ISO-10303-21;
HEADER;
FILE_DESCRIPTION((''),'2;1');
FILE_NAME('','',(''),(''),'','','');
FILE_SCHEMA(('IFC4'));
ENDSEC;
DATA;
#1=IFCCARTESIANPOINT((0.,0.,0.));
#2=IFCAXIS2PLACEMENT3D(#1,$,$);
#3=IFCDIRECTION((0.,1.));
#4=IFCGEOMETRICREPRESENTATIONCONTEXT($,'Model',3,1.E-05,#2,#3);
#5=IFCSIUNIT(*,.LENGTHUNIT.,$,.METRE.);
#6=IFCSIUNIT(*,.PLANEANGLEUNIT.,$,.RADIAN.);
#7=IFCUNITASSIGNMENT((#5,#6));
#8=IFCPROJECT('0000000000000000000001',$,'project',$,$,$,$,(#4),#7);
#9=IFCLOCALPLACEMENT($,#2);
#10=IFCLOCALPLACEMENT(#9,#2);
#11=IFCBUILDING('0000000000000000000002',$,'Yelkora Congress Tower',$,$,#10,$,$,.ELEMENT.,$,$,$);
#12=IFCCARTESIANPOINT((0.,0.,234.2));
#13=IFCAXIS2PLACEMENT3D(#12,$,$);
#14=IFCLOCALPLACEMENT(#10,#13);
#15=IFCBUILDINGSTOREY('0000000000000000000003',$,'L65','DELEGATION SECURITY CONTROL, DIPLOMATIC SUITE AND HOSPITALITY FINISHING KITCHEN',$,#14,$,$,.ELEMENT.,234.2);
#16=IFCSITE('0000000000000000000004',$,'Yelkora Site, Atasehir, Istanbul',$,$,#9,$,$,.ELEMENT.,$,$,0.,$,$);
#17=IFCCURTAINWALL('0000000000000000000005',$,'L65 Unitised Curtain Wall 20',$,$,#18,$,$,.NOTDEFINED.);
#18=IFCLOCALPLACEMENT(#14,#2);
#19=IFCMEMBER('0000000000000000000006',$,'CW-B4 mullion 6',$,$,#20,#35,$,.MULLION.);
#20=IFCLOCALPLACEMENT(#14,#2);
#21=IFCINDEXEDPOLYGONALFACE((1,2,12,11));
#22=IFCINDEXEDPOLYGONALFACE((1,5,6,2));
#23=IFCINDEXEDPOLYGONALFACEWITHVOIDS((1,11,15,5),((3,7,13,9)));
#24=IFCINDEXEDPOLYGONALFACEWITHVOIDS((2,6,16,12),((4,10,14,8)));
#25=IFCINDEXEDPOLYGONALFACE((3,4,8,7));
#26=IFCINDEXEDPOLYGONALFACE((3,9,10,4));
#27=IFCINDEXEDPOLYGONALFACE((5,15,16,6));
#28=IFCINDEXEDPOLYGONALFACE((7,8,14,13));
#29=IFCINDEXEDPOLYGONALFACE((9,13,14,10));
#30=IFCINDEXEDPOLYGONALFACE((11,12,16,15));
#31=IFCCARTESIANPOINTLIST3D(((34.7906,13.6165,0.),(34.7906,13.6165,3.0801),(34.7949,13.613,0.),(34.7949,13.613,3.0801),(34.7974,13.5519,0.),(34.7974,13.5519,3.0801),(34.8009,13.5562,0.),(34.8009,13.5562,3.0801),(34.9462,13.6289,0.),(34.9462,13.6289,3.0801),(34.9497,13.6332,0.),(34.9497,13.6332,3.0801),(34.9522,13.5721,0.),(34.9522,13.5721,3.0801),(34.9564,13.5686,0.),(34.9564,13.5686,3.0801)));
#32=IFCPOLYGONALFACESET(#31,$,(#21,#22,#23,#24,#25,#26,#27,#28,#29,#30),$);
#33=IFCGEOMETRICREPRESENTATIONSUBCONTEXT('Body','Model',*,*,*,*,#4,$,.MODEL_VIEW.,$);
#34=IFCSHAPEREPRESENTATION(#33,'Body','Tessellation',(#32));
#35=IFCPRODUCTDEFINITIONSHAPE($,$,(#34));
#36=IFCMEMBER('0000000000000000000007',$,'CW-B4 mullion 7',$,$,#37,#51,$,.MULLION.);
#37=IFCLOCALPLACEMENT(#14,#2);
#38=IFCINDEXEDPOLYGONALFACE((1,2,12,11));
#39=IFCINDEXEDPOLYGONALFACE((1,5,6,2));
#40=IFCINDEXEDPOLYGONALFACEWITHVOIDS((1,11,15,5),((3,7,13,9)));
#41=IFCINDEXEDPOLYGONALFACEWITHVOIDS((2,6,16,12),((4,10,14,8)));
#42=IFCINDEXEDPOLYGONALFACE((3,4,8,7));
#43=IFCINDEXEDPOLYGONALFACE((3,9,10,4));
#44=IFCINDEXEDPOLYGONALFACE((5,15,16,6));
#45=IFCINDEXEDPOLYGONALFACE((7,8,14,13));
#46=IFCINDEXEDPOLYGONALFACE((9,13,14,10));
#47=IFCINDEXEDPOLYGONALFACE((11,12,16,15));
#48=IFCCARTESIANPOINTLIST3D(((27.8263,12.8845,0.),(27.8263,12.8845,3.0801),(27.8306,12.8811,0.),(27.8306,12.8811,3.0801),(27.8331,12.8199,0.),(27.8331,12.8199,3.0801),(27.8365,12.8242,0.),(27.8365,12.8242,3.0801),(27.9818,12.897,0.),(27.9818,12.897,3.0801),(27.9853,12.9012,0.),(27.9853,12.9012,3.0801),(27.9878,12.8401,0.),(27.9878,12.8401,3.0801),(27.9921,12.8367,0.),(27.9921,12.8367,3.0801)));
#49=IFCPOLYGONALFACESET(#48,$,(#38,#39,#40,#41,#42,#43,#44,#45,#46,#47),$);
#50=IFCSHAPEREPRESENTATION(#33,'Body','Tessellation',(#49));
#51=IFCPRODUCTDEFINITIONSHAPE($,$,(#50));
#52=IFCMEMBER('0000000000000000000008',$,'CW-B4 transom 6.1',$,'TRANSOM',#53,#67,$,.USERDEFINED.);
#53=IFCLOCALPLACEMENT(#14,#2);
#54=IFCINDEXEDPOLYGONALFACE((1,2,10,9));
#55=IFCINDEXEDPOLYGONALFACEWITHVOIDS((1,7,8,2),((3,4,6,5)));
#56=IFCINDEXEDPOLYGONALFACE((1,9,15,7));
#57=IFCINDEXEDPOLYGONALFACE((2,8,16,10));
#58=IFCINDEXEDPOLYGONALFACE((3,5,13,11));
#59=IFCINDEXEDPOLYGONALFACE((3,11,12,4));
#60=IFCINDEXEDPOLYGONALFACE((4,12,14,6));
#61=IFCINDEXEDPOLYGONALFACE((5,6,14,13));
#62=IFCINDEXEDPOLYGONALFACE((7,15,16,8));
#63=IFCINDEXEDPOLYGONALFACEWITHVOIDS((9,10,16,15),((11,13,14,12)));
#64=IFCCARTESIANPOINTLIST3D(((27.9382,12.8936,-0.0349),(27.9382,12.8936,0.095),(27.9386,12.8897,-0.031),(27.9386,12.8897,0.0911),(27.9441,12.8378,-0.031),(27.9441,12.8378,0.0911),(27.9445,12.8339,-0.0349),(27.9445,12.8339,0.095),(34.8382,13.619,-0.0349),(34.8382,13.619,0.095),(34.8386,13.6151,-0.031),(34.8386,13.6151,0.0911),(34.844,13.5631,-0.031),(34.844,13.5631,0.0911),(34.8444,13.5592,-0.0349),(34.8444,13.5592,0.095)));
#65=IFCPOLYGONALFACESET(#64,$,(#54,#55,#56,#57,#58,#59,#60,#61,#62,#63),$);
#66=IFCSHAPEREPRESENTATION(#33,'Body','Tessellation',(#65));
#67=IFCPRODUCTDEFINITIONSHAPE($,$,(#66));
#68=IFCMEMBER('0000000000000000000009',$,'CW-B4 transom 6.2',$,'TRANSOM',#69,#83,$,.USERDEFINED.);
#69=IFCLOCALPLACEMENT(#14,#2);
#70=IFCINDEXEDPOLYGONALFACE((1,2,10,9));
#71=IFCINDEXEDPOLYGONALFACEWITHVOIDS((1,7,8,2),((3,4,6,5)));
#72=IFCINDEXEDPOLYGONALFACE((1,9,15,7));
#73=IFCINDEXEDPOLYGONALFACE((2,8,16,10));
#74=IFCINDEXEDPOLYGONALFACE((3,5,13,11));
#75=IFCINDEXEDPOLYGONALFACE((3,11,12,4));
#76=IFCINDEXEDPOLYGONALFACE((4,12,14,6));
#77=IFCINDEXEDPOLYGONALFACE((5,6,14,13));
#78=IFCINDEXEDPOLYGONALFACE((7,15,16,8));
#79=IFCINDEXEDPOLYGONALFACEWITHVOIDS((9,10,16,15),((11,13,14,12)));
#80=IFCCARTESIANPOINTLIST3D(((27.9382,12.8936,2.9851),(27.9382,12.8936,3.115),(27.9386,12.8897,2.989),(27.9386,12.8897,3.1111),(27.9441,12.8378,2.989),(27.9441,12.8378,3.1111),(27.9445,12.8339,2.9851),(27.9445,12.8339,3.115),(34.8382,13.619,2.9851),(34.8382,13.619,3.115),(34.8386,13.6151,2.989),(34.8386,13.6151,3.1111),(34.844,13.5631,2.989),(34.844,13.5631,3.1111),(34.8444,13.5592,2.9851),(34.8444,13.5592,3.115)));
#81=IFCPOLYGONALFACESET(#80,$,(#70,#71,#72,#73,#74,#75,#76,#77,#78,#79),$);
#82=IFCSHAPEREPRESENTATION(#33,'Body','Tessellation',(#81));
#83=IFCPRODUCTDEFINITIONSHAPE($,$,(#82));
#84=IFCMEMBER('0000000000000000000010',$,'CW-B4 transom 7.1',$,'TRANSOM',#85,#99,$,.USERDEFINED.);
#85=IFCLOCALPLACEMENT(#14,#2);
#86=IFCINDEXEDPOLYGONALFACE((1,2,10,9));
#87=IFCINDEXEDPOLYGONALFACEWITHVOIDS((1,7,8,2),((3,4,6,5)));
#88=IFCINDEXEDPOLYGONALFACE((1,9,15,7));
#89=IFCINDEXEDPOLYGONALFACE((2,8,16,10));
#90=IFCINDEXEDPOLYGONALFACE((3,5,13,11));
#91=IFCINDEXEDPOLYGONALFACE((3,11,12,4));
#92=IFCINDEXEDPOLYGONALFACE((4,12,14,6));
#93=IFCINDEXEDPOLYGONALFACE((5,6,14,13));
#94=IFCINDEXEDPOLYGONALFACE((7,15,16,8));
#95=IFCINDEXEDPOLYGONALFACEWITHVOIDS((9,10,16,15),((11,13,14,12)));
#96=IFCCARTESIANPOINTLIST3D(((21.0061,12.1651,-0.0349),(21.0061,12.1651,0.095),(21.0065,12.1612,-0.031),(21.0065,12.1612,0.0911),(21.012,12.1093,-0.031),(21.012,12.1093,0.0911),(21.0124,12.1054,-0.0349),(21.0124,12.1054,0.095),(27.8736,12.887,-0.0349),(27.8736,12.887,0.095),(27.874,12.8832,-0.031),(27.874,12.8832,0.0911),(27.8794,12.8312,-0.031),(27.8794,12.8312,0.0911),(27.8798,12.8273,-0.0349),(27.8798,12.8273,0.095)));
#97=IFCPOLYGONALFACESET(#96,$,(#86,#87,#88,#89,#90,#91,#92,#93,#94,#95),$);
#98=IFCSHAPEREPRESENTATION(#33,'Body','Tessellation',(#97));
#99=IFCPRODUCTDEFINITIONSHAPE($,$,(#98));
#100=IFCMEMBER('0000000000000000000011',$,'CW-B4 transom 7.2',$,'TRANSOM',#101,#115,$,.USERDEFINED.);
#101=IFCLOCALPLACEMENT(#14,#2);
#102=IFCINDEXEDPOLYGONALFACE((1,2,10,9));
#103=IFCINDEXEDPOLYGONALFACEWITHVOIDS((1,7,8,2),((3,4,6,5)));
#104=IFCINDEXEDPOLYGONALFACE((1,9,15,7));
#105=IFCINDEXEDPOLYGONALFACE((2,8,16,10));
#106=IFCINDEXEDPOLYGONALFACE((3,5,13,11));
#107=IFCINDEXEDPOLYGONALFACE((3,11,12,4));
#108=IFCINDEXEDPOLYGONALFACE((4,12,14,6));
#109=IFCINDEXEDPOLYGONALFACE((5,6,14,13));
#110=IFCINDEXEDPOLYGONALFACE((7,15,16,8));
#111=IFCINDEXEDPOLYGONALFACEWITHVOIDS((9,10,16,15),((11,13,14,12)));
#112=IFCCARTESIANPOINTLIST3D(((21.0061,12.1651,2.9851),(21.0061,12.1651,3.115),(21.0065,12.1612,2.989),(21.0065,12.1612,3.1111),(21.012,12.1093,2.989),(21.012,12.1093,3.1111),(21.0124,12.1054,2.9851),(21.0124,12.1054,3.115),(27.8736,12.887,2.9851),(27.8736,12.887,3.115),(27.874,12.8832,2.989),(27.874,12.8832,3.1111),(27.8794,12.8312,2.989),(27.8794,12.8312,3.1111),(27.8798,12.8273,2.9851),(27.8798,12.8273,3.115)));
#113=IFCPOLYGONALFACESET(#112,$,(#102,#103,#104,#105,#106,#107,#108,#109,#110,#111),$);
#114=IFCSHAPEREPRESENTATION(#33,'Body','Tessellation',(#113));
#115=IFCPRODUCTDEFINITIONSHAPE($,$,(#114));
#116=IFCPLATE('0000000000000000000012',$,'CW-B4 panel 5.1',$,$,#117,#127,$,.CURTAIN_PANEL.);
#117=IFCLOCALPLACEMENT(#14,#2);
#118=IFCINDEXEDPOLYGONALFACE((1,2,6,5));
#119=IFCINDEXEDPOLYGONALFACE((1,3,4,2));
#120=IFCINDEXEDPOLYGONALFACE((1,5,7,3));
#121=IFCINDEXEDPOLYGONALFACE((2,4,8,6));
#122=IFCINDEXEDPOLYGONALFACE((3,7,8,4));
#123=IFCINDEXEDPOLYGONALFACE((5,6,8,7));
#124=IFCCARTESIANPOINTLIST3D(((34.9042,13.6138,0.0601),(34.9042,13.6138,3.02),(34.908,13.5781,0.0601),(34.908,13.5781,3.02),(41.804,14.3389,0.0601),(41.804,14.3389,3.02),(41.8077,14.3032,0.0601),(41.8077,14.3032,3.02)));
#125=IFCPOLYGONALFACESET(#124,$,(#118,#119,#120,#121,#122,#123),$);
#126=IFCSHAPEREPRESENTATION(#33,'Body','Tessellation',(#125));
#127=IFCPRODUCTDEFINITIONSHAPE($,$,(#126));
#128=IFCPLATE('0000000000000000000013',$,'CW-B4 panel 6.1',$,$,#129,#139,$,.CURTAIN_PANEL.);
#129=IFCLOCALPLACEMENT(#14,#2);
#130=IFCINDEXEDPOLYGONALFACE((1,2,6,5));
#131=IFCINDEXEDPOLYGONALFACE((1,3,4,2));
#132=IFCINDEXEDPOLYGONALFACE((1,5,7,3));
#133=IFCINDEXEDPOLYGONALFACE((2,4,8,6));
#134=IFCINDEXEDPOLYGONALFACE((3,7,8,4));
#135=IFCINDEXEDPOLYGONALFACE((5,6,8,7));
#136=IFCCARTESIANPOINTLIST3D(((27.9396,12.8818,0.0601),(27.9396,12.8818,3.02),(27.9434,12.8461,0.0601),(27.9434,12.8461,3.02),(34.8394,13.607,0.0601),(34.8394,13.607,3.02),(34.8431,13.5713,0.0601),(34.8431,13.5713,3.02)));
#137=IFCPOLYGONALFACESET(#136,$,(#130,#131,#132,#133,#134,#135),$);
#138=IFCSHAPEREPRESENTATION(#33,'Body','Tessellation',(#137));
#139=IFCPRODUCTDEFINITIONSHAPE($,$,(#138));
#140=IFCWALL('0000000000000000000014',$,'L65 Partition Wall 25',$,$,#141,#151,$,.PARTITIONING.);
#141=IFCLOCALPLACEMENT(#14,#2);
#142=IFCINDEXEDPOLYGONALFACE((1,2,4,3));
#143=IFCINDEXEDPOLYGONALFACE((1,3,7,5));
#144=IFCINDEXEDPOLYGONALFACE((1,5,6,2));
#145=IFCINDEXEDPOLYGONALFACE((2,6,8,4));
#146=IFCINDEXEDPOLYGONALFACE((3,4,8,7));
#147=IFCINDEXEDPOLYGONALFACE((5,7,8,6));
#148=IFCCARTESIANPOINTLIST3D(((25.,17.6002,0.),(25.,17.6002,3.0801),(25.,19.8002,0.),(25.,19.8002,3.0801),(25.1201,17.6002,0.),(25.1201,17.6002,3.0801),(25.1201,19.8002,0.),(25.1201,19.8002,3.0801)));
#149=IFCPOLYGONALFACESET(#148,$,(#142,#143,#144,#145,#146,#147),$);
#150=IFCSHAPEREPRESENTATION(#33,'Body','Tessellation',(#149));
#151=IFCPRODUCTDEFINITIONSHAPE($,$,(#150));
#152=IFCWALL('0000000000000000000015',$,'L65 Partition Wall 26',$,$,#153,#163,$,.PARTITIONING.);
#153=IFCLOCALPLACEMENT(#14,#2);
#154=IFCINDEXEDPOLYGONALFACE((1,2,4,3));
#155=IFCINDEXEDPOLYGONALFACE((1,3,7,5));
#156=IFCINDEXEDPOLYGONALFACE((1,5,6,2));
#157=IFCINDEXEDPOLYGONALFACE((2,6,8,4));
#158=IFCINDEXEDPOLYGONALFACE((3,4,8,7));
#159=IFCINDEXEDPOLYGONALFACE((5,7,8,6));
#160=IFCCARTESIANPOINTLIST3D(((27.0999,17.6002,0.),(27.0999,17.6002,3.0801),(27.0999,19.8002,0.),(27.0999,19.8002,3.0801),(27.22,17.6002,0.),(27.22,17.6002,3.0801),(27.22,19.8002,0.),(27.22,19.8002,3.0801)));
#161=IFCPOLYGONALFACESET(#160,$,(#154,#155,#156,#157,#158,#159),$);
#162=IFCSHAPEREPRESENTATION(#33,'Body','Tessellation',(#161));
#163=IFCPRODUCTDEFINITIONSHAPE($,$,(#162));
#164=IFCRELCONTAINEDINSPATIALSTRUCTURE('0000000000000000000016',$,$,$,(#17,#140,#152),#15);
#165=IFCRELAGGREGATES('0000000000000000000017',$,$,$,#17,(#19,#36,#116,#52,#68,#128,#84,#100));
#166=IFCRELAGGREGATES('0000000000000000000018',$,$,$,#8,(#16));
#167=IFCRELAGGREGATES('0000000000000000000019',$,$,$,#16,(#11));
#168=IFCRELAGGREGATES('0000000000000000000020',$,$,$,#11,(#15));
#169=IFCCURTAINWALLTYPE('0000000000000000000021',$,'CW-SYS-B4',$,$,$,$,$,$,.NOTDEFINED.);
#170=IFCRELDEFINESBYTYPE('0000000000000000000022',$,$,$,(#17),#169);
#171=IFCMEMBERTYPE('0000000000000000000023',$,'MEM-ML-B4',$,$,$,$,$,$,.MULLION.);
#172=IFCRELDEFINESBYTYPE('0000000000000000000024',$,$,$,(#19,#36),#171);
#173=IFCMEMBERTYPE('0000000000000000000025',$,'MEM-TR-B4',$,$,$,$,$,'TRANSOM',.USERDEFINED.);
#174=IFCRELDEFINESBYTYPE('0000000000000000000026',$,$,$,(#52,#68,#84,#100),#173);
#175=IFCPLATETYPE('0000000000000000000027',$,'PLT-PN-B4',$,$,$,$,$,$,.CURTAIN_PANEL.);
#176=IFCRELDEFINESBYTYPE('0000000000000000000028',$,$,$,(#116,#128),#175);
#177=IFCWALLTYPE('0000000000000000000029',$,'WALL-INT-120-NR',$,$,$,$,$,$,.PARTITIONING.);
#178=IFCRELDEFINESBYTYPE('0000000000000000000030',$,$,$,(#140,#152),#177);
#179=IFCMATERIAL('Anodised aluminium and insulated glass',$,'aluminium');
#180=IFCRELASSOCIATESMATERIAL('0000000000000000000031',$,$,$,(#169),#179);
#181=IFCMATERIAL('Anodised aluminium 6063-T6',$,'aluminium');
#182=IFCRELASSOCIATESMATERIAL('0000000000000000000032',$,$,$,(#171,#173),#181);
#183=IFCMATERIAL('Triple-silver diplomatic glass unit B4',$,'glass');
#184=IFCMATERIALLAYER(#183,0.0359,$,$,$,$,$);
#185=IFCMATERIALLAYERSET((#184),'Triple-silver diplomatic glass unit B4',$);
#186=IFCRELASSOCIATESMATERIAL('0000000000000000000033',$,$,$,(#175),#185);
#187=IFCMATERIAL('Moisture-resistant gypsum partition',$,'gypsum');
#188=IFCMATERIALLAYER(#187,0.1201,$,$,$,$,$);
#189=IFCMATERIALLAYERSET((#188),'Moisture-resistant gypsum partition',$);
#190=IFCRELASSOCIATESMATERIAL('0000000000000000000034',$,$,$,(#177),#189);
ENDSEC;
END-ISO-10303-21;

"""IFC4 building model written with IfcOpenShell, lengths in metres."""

from ifc_helpers import new_model, si_unit, direction, frame, frame_2d, origin, origin_2d, place, context, subcontext, project, spatial, rectangle, hollow_rectangle, extrude, material, layer, layer_set, material_profile, profile_set, type_object, element, aggregate, save


model = new_model("IFC4")

# Units and contexts
model_context = context("Model", 3, precision=1e-05, world=origin(), true_north=direction((0.0, 1.0)))
body_context = subcontext(model_context, "Body", "Model", "MODEL_VIEW")
ifc_project = project(units=[si_unit("LENGTHUNIT", "METRE"), si_unit("PLANEANGLEUNIT", "RADIAN")], contexts=[model_context])

# Site, building, storey
site_placement = place(None, origin())
site = spatial("IfcSite", under=ifc_project, at=site_placement, Name="Yelkora Site, Atasehir, Istanbul", CompositionType="ELEMENT", RefElevation=0.0)
building_placement = place(site_placement, origin())
building = spatial("IfcBuilding", under=site, at=building_placement, Name="Yelkora Congress Tower", CompositionType="ELEMENT")
storey_placement = place(building_placement, frame((0.0, 0.0, 234.2)))
storey = spatial("IfcBuildingStorey", under=building, at=storey_placement, Name="L65", Description="DELEGATION SECURITY CONTROL, DIPLOMATIC SUITE AND HOSPITALITY FINISHING KITCHEN", CompositionType="ELEMENT", Elevation=234.2)

# Curtain wall, members, plates
ifc_material_1 = material(Name="Anodised aluminium and insulated glass", Category="aluminium")
curtain_wall_type = type_object("IfcCurtainWallType", Name="CW-SYS-B4", PredefinedType="NOTDEFINED", material=ifc_material_1)
curtain_wall_placement = place(storey_placement, origin())
curtain_wall = element("IfcCurtainWall", 1, at=curtain_wall_placement, inside=storey, type_object=curtain_wall_type, Name="L65 Unitised Curtain Wall 20", PredefinedType="NOTDEFINED")
ifc_material_2 = material(Name="Anodised aluminium 6063-T6", Category="aluminium")
ifc_material_profile_1 = material_profile(ifc_material_2, hollow_rectangle(XDim=0.0649, YDim=0.1599, WallThickness=0.0039, at=origin_2d()), Name="ALU 65x160x4")
ifc_profile_set_1 = profile_set([ifc_material_profile_1], Name="Anodised aluminium 6063-T6")
member_type_1 = type_object("IfcMemberType", Name="MEM-ML-B4", PredefinedType="MULLION", material=ifc_profile_set_1)
member_1_placement = place(storey_placement, frame((34.8735, 13.5925, 0.0), z_axis=(0.0, 0.0, 1.0), x_axis=(0.104527, -0.994522, 0.0)))
member_1 = element("IfcMember", 2, at=member_1_placement, type_object=member_type_1, Name="CW-B4 mullion 6", PredefinedType="MULLION", context=body_context, shape_type="SweptSolid", body=[
    extrude(hollow_rectangle(XDim=0.0649, YDim=0.1599, WallThickness=0.0039, at=origin_2d()), origin(), (0.0, 0.0, 1.0), 3.0801),
])
member_2_placement = place(storey_placement, frame((27.9092, 12.8606, 0.0), z_axis=(0.0, 0.0, 1.0), x_axis=(0.104527, -0.994522, 0.0)))
member_2 = element("IfcMember", 3, at=member_2_placement, type_object=member_type_1, Name="CW-B4 mullion 7", PredefinedType="MULLION", context=body_context, shape_type="SweptSolid", body=[
    extrude(hollow_rectangle(XDim=0.0649, YDim=0.1599, WallThickness=0.0039, at=origin_2d()), origin(), (0.0, 0.0, 1.0), 3.0801),
])
ifc_material_profile_2 = material_profile(ifc_material_2, hollow_rectangle(XDim=0.0601, YDim=0.1299, WallThickness=0.0039, at=origin_2d()), Name="ALU 60x130x4")
ifc_profile_set_2 = profile_set([ifc_material_profile_2], Name="Anodised aluminium 6063-T6")
member_type_2 = type_object("IfcMemberType", Name="MEM-TR-B4", ElementType="TRANSOM", PredefinedType="USERDEFINED", material=ifc_profile_set_2)
member_3_placement = place(storey_placement, frame((34.8413, 13.5891, 0.03), z_axis=(-0.99452, -0.104547, 0.0), x_axis=(0.104547, -0.99452, 0.0)))
member_3 = element("IfcMember", 4, at=member_3_placement, type_object=member_type_2, Name="CW-B4 transom 6.1", ObjectType="TRANSOM", PredefinedType="USERDEFINED", context=body_context, shape_type="SweptSolid", body=[
    extrude(hollow_rectangle(XDim=0.0601, YDim=0.1299, WallThickness=0.0039, at=origin_2d()), origin(), (0.0, 0.0, 1.0), 6.938),
])
member_4_placement = place(storey_placement, frame((34.8413, 13.5891, 3.05), z_axis=(-0.99452, -0.104547, 0.0), x_axis=(0.104547, -0.99452, 0.0)))
member_4 = element("IfcMember", 5, at=member_4_placement, type_object=member_type_2, Name="CW-B4 transom 6.2", ObjectType="TRANSOM", PredefinedType="USERDEFINED", context=body_context, shape_type="SweptSolid", body=[
    extrude(hollow_rectangle(XDim=0.0601, YDim=0.1299, WallThickness=0.0039, at=origin_2d()), origin(), (0.0, 0.0, 1.0), 6.938),
])
member_5_placement = place(storey_placement, frame((27.8767, 12.8572, 0.03), z_axis=(-0.99452, -0.104547, 0.0), x_axis=(0.104547, -0.99452, 0.0)))
member_5 = element("IfcMember", 6, at=member_5_placement, type_object=member_type_2, Name="CW-B4 transom 7.1", ObjectType="TRANSOM", PredefinedType="USERDEFINED", context=body_context, shape_type="SweptSolid", body=[
    extrude(hollow_rectangle(XDim=0.0601, YDim=0.1299, WallThickness=0.0039, at=origin_2d()), origin(), (0.0, 0.0, 1.0), 6.9053),
])
member_6_placement = place(storey_placement, frame((27.8767, 12.8572, 3.05), z_axis=(-0.99452, -0.104547, 0.0), x_axis=(0.104547, -0.99452, 0.0)))
member_6 = element("IfcMember", 7, at=member_6_placement, type_object=member_type_2, Name="CW-B4 transom 7.2", ObjectType="TRANSOM", PredefinedType="USERDEFINED", context=body_context, shape_type="SweptSolid", body=[
    extrude(hollow_rectangle(XDim=0.0601, YDim=0.1299, WallThickness=0.0039, at=origin_2d()), origin(), (0.0, 0.0, 1.0), 6.9053),
])
ifc_material_3 = material(Name="Triple-silver diplomatic glass unit B4", Category="glass")
ifc_layer_1 = layer(ifc_material_3, 0.0359)
ifc_layer_set_1 = layer_set([ifc_layer_1], Name="Triple-silver diplomatic glass unit B4")
plate_type = type_object("IfcPlateType", Name="PLT-PN-B4", PredefinedType="CURTAIN_PANEL", material=ifc_layer_set_1)
plate_1_placement = place(storey_placement, frame((38.356, 13.9585, 0.0601), z_axis=(0.0, 0.0, 1.0), x_axis=(-0.994522, -0.104527, 0.0)))
plate_1 = element("IfcPlate", 8, at=plate_1_placement, type_object=plate_type, Name="CW-B4 panel 5.1", PredefinedType="CURTAIN_PANEL", context=body_context, shape_type="SweptSolid", body=[
    extrude(rectangle(XDim=6.9377, YDim=0.0359, at=origin_2d()), origin(), (0.0, 0.0, 1.0), 2.96),
])
plate_2_placement = place(storey_placement, frame((31.3914, 13.2266, 0.0601), z_axis=(0.0, 0.0, 1.0), x_axis=(-0.994522, -0.104527, 0.0)))
plate_2 = element("IfcPlate", 9, at=plate_2_placement, type_object=plate_type, Name="CW-B4 panel 6.1", PredefinedType="CURTAIN_PANEL", context=body_context, shape_type="SweptSolid", body=[
    extrude(rectangle(XDim=6.9377, YDim=0.0359, at=origin_2d()), origin(), (0.0, 0.0, 1.0), 2.96),
])
aggregate(curtain_wall, [member_1, member_2, plate_1, member_3, member_4, plate_2, member_5, member_6])

# Walls
ifc_material_4 = material(Name="Moisture-resistant gypsum partition", Category="gypsum")
ifc_layer_2 = layer(ifc_material_4, 0.1201)
ifc_layer_set_2 = layer_set([ifc_layer_2], Name="Moisture-resistant gypsum partition")
wall_type_1 = type_object("IfcWallType", Name="WALL-INT-120-NR", PredefinedType="PARTITIONING", material=ifc_layer_set_2)
for number, where, z_axis, x_axis, name in (
    (10, (25.0601, 17.6001, 0.0), (0.0, 0.0, 1.0), (0.0, 1.0, 0.0), "L65 Partition Wall 25"),
    (11, (27.1599, 17.6001, 0.0), (0.0, 0.0, 1.0), (0.0, 1.0, 0.0), "L65 Partition Wall 26"),
):
    element("IfcWall", number, at=place(storey_placement, frame(where, z_axis=z_axis, x_axis=x_axis)), inside=storey, type_object=wall_type_1, Name=name, PredefinedType="PARTITIONING", context=body_context, shape_type="SweptSolid", body=[
        extrude(rectangle(XDim=2.2, YDim=0.1201, at=frame_2d((1.1001, 0.0))), origin(), (0.0, 0.0, 1.0), 3.0801),
    ])

save(model, "model.ifc")
